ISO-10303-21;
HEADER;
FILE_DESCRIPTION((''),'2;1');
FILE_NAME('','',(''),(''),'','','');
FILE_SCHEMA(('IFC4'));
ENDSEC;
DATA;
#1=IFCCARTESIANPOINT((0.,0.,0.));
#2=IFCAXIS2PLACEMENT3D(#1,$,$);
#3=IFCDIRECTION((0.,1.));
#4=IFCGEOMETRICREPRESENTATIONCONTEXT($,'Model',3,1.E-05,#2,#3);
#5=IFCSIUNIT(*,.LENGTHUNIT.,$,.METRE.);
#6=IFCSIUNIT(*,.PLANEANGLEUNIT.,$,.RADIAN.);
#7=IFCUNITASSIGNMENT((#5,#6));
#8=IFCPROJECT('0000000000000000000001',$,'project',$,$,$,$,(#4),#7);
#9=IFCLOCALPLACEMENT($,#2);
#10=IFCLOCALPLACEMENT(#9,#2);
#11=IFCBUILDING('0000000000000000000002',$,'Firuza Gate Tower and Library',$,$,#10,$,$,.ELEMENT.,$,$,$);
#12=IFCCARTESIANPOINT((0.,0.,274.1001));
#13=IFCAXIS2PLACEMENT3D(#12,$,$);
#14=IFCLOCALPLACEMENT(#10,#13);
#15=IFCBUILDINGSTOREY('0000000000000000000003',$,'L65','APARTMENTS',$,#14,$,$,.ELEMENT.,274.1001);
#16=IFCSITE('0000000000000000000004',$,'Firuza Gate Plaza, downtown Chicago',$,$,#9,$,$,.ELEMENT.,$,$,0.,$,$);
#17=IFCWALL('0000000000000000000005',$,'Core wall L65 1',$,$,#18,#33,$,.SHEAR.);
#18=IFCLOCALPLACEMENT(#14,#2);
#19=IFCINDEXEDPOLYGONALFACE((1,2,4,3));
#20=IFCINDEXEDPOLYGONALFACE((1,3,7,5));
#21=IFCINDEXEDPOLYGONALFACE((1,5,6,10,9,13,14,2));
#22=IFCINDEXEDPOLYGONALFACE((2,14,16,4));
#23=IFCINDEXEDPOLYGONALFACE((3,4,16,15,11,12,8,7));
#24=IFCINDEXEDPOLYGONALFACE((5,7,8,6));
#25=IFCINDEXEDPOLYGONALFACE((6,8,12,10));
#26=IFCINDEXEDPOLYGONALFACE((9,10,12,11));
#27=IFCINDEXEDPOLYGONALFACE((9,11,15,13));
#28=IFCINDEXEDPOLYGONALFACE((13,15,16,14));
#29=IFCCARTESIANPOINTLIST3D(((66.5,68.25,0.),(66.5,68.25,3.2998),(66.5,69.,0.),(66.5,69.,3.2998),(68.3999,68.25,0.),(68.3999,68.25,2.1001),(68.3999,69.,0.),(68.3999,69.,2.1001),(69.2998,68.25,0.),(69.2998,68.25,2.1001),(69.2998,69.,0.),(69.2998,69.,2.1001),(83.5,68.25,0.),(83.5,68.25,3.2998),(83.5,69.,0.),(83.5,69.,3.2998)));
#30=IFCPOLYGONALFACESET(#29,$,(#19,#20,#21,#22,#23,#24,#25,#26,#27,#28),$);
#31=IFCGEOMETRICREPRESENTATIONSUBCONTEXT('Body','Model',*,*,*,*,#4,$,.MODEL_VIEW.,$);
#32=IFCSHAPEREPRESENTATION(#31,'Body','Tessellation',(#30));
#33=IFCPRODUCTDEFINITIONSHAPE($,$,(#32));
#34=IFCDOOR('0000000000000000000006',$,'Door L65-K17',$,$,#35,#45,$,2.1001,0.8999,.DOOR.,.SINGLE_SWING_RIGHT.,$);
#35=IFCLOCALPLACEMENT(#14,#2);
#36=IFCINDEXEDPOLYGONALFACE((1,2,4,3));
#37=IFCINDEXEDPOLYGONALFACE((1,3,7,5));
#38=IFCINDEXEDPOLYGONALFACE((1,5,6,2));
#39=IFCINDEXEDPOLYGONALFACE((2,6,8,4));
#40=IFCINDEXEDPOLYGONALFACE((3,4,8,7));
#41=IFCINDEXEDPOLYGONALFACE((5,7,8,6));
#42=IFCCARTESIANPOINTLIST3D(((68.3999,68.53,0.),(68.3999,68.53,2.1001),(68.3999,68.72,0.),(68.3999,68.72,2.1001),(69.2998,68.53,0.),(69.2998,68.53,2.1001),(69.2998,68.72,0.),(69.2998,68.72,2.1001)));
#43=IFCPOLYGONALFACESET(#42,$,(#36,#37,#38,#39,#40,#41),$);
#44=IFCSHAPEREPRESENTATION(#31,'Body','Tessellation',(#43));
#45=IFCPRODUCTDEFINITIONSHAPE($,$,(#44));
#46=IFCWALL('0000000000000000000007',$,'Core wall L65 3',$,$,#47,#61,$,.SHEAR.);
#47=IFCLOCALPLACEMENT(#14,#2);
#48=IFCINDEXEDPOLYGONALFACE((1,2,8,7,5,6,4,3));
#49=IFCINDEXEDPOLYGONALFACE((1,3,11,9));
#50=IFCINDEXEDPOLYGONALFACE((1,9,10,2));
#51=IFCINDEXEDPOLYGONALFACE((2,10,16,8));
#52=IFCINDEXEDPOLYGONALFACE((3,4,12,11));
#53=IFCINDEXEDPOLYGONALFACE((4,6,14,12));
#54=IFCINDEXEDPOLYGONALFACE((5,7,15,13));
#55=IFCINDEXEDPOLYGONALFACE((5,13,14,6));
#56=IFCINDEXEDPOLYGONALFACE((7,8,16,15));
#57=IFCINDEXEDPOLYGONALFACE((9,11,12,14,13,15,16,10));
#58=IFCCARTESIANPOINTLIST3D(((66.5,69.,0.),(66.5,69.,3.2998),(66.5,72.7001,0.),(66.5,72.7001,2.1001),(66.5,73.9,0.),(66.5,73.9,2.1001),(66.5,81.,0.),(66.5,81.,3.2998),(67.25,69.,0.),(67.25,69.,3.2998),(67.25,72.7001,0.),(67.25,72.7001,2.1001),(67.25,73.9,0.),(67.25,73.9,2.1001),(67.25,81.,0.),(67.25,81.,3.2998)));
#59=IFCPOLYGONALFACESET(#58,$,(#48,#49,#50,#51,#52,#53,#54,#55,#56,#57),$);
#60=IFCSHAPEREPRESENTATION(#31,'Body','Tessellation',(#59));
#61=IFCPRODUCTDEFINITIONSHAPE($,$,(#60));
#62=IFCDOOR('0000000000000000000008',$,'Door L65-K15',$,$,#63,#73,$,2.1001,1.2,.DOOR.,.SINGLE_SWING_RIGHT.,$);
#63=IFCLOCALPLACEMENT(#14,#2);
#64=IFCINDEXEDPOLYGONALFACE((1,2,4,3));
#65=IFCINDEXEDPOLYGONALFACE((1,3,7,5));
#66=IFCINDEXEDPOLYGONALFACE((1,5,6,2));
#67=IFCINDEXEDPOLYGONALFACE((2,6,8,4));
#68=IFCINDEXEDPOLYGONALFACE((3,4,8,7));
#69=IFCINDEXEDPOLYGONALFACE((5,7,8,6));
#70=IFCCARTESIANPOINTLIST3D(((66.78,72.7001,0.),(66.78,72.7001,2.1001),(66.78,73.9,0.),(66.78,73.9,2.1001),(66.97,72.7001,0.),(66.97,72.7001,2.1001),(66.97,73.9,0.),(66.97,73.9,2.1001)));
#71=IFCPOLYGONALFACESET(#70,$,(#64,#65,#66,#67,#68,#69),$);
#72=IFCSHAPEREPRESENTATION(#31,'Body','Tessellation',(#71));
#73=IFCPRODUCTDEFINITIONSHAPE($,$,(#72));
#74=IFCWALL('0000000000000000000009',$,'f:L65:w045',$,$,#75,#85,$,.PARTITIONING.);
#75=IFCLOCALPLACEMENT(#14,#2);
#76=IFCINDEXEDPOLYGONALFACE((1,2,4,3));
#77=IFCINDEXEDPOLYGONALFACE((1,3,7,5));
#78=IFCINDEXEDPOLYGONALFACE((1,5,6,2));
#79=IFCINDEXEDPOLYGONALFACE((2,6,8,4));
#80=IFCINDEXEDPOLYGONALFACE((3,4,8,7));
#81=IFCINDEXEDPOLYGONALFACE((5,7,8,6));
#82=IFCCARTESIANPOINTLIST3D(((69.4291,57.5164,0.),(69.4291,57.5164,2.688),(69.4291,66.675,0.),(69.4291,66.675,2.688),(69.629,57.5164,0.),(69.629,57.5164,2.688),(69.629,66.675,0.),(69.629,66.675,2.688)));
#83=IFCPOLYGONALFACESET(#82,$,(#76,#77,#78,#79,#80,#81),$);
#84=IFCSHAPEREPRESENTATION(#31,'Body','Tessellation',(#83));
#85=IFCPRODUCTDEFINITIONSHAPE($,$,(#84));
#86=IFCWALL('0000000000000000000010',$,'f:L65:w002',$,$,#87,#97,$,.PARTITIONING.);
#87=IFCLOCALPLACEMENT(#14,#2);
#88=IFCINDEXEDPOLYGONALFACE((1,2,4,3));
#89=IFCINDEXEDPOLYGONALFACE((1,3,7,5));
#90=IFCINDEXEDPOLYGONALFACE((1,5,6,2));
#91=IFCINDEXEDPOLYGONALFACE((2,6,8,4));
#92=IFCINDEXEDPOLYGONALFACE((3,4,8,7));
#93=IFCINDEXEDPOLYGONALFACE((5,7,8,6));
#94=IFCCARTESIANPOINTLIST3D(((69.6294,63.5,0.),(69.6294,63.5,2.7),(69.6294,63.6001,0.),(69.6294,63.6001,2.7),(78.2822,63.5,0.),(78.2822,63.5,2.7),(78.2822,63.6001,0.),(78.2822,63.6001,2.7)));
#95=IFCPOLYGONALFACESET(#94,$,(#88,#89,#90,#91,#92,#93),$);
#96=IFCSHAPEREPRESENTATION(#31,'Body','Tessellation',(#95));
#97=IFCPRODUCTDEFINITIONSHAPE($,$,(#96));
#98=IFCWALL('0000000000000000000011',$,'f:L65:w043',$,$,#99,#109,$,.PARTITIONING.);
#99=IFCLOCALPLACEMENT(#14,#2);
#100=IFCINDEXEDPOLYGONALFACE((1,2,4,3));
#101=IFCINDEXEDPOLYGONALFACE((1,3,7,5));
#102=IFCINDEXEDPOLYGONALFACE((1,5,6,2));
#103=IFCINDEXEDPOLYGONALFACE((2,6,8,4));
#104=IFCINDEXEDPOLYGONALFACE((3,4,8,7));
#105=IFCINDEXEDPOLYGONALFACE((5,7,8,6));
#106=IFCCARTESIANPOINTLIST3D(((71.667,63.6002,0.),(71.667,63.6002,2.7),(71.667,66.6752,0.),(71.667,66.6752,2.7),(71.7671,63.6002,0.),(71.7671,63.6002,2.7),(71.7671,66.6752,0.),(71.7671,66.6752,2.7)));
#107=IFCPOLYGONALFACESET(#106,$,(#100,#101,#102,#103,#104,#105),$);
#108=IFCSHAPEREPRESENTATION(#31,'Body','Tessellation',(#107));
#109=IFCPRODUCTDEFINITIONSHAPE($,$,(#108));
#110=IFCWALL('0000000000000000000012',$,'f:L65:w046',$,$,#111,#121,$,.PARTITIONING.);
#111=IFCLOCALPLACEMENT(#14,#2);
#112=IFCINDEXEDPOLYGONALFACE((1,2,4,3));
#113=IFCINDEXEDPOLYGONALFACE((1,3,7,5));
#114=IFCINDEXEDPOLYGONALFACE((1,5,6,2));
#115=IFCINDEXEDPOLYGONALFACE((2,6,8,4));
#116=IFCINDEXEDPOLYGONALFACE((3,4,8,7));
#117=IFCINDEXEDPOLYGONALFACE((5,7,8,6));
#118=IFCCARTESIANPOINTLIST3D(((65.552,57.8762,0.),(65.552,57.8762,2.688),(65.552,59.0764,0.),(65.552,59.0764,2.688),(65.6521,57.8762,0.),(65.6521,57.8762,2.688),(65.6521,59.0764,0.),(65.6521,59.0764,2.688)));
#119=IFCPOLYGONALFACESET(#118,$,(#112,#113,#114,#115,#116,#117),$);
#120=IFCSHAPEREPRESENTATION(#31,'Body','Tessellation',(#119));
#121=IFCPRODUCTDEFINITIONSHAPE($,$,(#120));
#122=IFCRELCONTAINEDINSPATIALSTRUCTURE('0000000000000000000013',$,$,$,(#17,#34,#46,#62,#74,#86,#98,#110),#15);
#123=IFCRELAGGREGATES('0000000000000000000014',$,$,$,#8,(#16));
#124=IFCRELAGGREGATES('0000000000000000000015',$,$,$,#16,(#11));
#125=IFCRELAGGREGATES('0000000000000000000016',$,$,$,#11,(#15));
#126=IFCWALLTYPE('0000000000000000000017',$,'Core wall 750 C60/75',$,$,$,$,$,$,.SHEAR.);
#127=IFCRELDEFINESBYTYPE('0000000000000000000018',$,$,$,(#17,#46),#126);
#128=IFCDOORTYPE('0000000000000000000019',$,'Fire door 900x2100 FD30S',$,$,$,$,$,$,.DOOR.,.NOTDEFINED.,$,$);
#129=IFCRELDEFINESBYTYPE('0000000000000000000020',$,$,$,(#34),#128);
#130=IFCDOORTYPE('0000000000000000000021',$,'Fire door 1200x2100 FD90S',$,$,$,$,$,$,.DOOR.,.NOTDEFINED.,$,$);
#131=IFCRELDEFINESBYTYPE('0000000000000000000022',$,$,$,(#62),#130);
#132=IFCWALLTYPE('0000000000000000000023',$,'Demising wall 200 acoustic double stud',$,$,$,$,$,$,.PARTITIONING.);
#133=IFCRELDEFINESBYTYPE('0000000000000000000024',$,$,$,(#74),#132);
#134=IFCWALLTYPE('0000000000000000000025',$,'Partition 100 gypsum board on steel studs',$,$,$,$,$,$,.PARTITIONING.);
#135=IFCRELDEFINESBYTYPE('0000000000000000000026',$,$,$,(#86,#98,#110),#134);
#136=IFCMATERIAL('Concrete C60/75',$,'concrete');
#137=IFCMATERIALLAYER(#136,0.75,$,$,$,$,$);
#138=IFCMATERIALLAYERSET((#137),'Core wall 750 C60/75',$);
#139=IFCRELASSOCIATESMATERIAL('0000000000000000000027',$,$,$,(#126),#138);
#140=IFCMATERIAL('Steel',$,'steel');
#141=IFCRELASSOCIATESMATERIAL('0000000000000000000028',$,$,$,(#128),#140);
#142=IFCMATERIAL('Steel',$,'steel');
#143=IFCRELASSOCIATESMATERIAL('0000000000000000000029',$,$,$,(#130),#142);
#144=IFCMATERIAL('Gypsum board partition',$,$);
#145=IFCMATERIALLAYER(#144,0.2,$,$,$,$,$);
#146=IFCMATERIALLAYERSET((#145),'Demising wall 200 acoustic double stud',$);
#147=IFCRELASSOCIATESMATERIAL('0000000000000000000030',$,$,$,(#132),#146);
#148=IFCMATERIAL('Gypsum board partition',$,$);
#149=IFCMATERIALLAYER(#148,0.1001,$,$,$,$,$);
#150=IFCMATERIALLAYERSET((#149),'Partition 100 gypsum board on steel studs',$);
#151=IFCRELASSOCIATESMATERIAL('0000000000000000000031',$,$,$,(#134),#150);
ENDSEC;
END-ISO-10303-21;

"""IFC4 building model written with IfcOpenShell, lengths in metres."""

from ifc_helpers import new_model, si_unit, direction, frame, frame_2d, origin, place, context, subcontext, project, spatial, rectangle, extrude, material, layer, layer_set, type_object, element, fill, save


model = new_model("IFC4")

# Units and contexts
model_context = context("Model", 3, precision=1e-05, world=origin(), true_north=direction((0.0, 1.0)))
body_context = subcontext(model_context, "Body", "Model", "MODEL_VIEW")
ifc_project = project(units=[si_unit("LENGTHUNIT", "METRE"), si_unit("PLANEANGLEUNIT", "RADIAN")], contexts=[model_context])

# Site, building, storey
site_placement = place(None, origin())
site = spatial("IfcSite", under=ifc_project, at=site_placement, Name="Firuza Gate Plaza, downtown Chicago", CompositionType="ELEMENT", RefElevation=0.0)
building_placement = place(site_placement, origin())
building = spatial("IfcBuilding", under=site, at=building_placement, Name="Firuza Gate Tower and Library", CompositionType="ELEMENT")
storey_placement = place(building_placement, frame((0.0, 0.0, 274.1001)))
storey = spatial("IfcBuildingStorey", under=building, at=storey_placement, Name="L65", Description="APARTMENTS", CompositionType="ELEMENT", Elevation=274.1001)

# Walls, openings, doors
ifc_material_1 = material(Name="Concrete C60/75", Category="concrete")
ifc_layer_1 = layer(ifc_material_1, 0.75)
ifc_layer_set_1 = layer_set([ifc_layer_1], Name="Core wall 750 C60/75")
wall_type_1 = type_object("IfcWallType", Name="Core wall 750 C60/75", PredefinedType="SHEAR", material=ifc_layer_set_1)
wall_1_placement = place(storey_placement, frame((66.5, 68.625, 0.0), z_axis=(0.0, 0.0, 1.0), x_axis=(1.0, 0.0, 0.0)))
wall_1 = element("IfcWall", 1, at=wall_1_placement, inside=storey, type_object=wall_type_1, Name="Core wall L65 1", PredefinedType="SHEAR", context=body_context, shape_type="SweptSolid", body=[
    extrude(rectangle(XDim=17.0, YDim=0.75, at=frame_2d((8.5, 0.0))), origin(), (0.0, 0.0, 1.0), 3.2998),
])
opening_1_placement = place(wall_1_placement, frame((1.8999, 0.0, 0.0)))
opening_1 = element("IfcOpeningElement", 2, at=opening_1_placement, cuts=wall_1, PredefinedType="OPENING", context=body_context, shape_type="SweptSolid", body=[
    extrude(rectangle(XDim=0.8999, YDim=2.1001, at=frame_2d((0.45, 1.05))), frame((0.0, 0.385, 0.0), z_axis=(0.0, -1.0, 0.0), x_axis=(1.0, 0.0, 0.0)), (0.0, 0.0, 1.0), 0.77),
])
ifc_material_2 = material(Name="Steel", Category="steel")
door_type_1 = type_object("IfcDoorType", Name="Fire door 900x2100 FD30S", OperationType="NOTDEFINED", PredefinedType="DOOR", material=ifc_material_2)
door_1_placement = place(opening_1_placement, origin())
door_1 = element("IfcDoor", 3, at=door_1_placement, inside=storey, type_object=door_type_1, Name="Door L65-K17", OperationType="SINGLE_SWING_RIGHT", OverallHeight=2.1001, OverallWidth=0.8999, PredefinedType="DOOR", context=body_context, shape_type="SweptSolid", body=[
    extrude(rectangle(XDim=0.8999, YDim=2.1001, at=frame_2d((0.45, 1.05))), frame((0.0, 0.095, 0.0), z_axis=(0.0, -1.0, 0.0), x_axis=(1.0, 0.0, 0.0)), (0.0, 0.0, 1.0), 0.1899),
])
fill(opening_1, door_1)
wall_2_placement = place(storey_placement, frame((66.875, 69.0, 0.0), z_axis=(0.0, 0.0, 1.0), x_axis=(0.0, 1.0, 0.0)))
wall_2 = element("IfcWall", 4, at=wall_2_placement, inside=storey, type_object=wall_type_1, Name="Core wall L65 3", PredefinedType="SHEAR", context=body_context, shape_type="SweptSolid", body=[
    extrude(rectangle(XDim=12.0, YDim=0.75, at=frame_2d((6.0, 0.0))), origin(), (0.0, 0.0, 1.0), 3.2998),
])
opening_2_placement = place(wall_2_placement, frame((3.7, 0.0, 0.0)))
opening_2 = element("IfcOpeningElement", 5, at=opening_2_placement, cuts=wall_2, PredefinedType="OPENING", context=body_context, shape_type="SweptSolid", body=[
    extrude(rectangle(XDim=1.2, YDim=2.1001, at=frame_2d((0.6001, 1.05))), frame((0.0, 0.385, 0.0), z_axis=(0.0, -1.0, 0.0), x_axis=(1.0, 0.0, 0.0)), (0.0, 0.0, 1.0), 0.77),
])
ifc_material_3 = material(Name="Steel", Category="steel")
door_type_2 = type_object("IfcDoorType", Name="Fire door 1200x2100 FD90S", OperationType="NOTDEFINED", PredefinedType="DOOR", material=ifc_material_3)
door_2_placement = place(opening_2_placement, origin())
door_2 = element("IfcDoor", 6, at=door_2_placement, inside=storey, type_object=door_type_2, Name="Door L65-K15", OperationType="SINGLE_SWING_RIGHT", OverallHeight=2.1001, OverallWidth=1.2, PredefinedType="DOOR", context=body_context, shape_type="SweptSolid", body=[
    extrude(rectangle(XDim=1.2, YDim=2.1001, at=frame_2d((0.6001, 1.05))), frame((0.0, 0.095, 0.0), z_axis=(0.0, -1.0, 0.0), x_axis=(1.0, 0.0, 0.0)), (0.0, 0.0, 1.0), 0.1899),
])
fill(opening_2, door_2)

# Walls
ifc_material_4 = material(Name="Gypsum board partition")
ifc_layer_2 = layer(ifc_material_4, 0.2)
ifc_layer_set_2 = layer_set([ifc_layer_2], Name="Demising wall 200 acoustic double stud")
wall_type_2 = type_object("IfcWallType", Name="Demising wall 200 acoustic double stud", PredefinedType="PARTITIONING", material=ifc_layer_set_2)
wall_3_placement = place(storey_placement, frame((69.5291, 57.5164, 0.0), z_axis=(0.0, 0.0, 1.0), x_axis=(0.0, 1.0, 0.0)))
element("IfcWall", 7, at=wall_3_placement, inside=storey, type_object=wall_type_2, Name="f:L65:w045", PredefinedType="PARTITIONING", context=body_context, shape_type="SweptSolid", body=[
    extrude(rectangle(XDim=9.1587, YDim=0.2, at=frame_2d((4.5793, 0.0))), origin(), (0.0, 0.0, 1.0), 2.688),
])
ifc_material_5 = material(Name="Gypsum board partition")
ifc_layer_3 = layer(ifc_material_5, 0.1001)
ifc_layer_set_3 = layer_set([ifc_layer_3], Name="Partition 100 gypsum board on steel studs")
wall_type_3 = type_object("IfcWallType", Name="Partition 100 gypsum board on steel studs", PredefinedType="PARTITIONING", material=ifc_layer_set_3)
wall_4_placement = place(storey_placement, frame((69.6294, 63.55, 0.0), z_axis=(0.0, 0.0, 1.0), x_axis=(1.0, 0.0, 0.0)))
element("IfcWall", 8, at=wall_4_placement, inside=storey, type_object=wall_type_3, Name="f:L65:w002", PredefinedType="PARTITIONING", context=body_context, shape_type="SweptSolid", body=[
    extrude(rectangle(XDim=8.6528, YDim=0.1001, at=frame_2d((4.3264, 0.0))), origin(), (0.0, 0.0, 1.0), 2.7),
])
wall_5_placement = place(storey_placement, frame((71.717, 63.6001, 0.0), z_axis=(0.0, 0.0, 1.0), x_axis=(0.0, 1.0, 0.0)))
element("IfcWall", 9, at=wall_5_placement, inside=storey, type_object=wall_type_3, Name="f:L65:w043", PredefinedType="PARTITIONING", context=body_context, shape_type="SweptSolid", body=[
    extrude(rectangle(XDim=3.075, YDim=0.1001, at=frame_2d((1.5376, 0.0))), origin(), (0.0, 0.0, 1.0), 2.7),
])
wall_6_placement = place(storey_placement, frame((65.6021, 57.8762, 0.0), z_axis=(0.0, 0.0, 1.0), x_axis=(0.0, 1.0, 0.0)))
element("IfcWall", 10, at=wall_6_placement, inside=storey, type_object=wall_type_3, Name="f:L65:w046", PredefinedType="PARTITIONING", context=body_context, shape_type="SweptSolid", body=[
    extrude(rectangle(XDim=1.2002, YDim=0.1001, at=frame_2d((0.6001, 0.0))), origin(), (0.0, 0.0, 1.0), 2.688),
])

save(model, "model.ifc")
